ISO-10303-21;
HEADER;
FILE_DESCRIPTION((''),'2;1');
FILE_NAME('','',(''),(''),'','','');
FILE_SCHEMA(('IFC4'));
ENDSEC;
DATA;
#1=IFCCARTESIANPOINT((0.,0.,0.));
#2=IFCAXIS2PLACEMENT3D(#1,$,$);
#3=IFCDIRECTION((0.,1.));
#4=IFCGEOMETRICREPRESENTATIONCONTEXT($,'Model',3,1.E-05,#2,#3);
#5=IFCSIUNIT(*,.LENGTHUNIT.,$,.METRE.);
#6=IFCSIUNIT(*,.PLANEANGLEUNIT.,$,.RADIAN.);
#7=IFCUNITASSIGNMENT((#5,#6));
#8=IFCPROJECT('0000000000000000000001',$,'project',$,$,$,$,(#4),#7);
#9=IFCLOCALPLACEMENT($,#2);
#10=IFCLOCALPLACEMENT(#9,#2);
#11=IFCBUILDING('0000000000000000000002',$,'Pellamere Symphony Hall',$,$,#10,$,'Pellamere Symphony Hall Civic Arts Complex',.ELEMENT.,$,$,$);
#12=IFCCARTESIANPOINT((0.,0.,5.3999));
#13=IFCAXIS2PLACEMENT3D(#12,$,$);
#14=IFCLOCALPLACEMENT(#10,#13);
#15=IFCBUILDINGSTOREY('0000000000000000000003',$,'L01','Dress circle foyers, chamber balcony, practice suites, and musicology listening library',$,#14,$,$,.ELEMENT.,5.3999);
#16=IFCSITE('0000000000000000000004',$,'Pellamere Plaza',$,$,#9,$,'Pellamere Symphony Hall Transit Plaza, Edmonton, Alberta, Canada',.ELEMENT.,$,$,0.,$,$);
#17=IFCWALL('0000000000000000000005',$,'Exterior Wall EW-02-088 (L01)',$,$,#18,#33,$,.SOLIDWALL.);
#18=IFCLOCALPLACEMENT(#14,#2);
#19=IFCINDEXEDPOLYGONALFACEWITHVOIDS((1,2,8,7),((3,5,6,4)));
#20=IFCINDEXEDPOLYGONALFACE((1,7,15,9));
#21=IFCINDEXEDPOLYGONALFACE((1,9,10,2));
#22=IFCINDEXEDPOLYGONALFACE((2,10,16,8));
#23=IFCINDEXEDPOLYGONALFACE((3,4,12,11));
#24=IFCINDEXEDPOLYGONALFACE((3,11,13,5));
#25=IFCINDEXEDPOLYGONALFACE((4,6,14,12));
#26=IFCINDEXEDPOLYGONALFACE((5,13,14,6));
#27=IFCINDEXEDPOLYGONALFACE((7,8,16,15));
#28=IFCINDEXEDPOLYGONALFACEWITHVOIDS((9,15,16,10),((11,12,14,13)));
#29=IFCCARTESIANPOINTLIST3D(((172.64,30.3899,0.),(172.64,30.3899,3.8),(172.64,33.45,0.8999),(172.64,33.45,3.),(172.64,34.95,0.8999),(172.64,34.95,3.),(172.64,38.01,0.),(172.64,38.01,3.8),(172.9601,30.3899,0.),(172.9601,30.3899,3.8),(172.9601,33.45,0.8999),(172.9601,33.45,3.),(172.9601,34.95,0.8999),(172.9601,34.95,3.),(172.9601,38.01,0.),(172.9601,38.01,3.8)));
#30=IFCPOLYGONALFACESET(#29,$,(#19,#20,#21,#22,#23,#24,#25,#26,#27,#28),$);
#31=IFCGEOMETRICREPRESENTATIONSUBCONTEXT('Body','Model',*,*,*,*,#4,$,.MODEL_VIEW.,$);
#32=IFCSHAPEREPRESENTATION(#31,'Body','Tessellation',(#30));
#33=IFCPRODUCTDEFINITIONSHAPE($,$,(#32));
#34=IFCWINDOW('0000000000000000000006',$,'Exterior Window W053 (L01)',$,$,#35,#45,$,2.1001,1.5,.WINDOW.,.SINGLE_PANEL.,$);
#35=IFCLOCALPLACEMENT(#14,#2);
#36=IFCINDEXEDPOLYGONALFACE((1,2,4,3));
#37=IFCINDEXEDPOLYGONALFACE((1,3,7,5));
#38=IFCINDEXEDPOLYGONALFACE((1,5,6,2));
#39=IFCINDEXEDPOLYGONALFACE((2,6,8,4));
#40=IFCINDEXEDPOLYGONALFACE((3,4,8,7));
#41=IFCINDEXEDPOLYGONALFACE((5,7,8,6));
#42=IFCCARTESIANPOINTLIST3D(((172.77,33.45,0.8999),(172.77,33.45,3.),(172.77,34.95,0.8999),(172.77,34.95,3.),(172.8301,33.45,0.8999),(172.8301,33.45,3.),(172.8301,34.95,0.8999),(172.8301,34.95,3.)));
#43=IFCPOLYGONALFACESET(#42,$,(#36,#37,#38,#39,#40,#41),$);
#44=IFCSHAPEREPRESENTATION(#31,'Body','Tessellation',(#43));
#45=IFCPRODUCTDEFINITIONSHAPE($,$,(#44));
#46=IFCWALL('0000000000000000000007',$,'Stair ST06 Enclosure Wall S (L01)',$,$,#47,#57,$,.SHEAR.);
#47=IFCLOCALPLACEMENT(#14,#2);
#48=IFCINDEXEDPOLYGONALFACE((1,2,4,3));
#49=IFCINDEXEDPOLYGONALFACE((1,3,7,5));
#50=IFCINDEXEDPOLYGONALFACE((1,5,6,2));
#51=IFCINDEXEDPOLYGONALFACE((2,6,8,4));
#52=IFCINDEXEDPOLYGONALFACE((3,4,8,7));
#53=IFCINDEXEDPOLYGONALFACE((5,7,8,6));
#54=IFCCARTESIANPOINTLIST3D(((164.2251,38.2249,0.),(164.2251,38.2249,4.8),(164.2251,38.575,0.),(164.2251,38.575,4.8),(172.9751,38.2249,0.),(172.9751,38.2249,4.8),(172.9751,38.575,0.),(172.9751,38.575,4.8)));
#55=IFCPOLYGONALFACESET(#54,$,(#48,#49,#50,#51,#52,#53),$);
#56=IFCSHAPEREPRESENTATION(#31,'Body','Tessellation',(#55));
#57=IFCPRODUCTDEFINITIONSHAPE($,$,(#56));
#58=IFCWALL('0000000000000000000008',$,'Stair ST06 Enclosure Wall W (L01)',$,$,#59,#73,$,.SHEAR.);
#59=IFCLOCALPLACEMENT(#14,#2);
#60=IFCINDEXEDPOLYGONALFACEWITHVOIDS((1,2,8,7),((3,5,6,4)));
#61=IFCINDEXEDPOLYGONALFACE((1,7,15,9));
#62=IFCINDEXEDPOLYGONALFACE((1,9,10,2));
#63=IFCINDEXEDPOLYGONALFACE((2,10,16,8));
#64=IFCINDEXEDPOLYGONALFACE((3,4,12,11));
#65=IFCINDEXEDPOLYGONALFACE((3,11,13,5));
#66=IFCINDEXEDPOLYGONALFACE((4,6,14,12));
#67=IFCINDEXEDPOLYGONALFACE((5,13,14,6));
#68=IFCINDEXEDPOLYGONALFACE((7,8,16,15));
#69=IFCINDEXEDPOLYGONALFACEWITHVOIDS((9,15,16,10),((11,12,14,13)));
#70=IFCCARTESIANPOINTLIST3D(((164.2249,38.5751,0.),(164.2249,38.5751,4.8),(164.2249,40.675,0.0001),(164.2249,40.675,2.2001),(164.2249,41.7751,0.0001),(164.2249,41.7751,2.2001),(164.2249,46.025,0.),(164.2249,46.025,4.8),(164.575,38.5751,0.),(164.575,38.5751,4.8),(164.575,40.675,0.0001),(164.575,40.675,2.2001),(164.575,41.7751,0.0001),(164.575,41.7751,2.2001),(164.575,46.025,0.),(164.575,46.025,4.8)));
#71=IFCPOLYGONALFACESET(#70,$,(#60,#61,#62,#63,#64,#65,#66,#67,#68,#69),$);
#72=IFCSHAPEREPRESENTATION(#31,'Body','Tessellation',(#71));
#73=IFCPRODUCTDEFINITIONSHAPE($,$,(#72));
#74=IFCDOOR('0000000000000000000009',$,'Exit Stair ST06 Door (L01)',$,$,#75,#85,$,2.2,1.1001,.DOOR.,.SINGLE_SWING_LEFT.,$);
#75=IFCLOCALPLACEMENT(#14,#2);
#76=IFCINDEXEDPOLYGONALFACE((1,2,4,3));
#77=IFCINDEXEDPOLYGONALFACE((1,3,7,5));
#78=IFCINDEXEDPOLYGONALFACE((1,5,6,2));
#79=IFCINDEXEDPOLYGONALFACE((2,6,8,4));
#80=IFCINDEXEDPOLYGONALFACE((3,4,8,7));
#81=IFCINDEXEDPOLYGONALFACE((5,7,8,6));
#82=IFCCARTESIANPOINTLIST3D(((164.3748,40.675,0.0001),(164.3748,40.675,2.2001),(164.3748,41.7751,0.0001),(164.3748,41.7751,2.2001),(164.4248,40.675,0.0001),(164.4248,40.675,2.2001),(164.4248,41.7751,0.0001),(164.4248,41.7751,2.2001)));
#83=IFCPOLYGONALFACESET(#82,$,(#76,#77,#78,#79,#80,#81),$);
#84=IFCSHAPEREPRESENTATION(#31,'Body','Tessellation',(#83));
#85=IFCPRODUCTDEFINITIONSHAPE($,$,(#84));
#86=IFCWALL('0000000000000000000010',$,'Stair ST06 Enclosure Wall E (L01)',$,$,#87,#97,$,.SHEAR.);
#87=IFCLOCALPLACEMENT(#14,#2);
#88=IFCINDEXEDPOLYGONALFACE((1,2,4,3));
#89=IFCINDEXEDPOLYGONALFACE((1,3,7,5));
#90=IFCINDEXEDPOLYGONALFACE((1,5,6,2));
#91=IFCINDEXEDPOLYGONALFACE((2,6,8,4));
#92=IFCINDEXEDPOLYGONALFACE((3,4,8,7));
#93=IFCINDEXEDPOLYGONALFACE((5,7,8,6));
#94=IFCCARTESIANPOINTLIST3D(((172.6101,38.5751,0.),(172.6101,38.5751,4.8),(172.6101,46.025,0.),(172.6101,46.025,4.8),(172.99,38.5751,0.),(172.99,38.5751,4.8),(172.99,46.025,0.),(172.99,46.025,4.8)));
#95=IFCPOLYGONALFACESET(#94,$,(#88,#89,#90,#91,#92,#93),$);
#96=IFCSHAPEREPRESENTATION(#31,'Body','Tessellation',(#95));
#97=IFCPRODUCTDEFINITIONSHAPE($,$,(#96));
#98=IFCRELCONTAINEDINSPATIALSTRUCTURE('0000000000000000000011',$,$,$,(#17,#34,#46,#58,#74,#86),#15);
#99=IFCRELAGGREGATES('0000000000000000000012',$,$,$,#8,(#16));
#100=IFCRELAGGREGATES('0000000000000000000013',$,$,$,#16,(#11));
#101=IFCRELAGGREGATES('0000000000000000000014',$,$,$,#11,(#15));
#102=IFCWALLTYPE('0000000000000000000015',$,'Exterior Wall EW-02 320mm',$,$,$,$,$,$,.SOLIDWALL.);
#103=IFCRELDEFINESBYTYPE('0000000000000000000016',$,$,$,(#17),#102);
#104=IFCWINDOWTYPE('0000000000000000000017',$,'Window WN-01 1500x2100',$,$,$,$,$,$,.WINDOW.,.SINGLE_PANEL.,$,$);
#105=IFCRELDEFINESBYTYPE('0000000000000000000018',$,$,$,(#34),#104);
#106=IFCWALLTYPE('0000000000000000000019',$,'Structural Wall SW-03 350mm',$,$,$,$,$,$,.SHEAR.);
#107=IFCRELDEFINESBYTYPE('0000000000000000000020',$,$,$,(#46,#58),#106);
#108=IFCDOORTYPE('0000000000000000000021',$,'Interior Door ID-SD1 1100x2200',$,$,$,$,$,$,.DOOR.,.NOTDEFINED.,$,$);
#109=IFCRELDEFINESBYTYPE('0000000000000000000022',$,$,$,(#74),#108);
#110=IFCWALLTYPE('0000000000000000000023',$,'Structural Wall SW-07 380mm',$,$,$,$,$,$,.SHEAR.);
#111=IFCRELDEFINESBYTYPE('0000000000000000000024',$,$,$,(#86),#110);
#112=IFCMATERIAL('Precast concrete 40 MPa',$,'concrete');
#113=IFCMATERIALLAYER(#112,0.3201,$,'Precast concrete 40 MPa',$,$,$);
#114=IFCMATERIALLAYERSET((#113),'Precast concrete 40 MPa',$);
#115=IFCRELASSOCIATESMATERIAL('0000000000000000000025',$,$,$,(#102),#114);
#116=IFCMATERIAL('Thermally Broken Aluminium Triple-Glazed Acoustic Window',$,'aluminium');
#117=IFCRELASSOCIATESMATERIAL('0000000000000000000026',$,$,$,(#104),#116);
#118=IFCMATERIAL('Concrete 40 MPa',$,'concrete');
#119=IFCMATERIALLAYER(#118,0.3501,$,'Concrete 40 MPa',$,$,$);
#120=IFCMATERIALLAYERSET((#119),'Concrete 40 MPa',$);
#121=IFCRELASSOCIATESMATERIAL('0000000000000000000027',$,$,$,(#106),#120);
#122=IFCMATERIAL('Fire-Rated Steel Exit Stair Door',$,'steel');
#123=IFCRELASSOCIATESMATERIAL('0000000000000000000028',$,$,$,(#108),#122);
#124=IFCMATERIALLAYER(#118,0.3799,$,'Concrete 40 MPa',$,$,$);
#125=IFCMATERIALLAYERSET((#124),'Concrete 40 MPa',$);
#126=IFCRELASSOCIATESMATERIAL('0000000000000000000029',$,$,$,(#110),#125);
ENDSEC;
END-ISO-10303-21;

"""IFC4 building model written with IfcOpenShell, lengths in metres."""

from ifc_helpers import new_model, si_unit, direction, frame, frame_2d, origin, place, context, subcontext, project, spatial, rectangle, extrude, material, layer, layer_set, type_object, element, fill, save


model = new_model("IFC4")

# Units and contexts
model_context = context("Model", 3, precision=1e-05, world=origin(), true_north=direction((0.0, 1.0)))
body_context = subcontext(model_context, "Body", "Model", "MODEL_VIEW")
ifc_project = project(units=[si_unit("LENGTHUNIT", "METRE"), si_unit("PLANEANGLEUNIT", "RADIAN")], contexts=[model_context])

# Site, building, storey
site_placement = place(None, origin())
site = spatial("IfcSite", under=ifc_project, at=site_placement, Name="Pellamere Plaza", LongName="Pellamere Symphony Hall Transit Plaza, Edmonton, Alberta, Canada", CompositionType="ELEMENT", RefElevation=0.0)
building_placement = place(site_placement, origin())
building = spatial("IfcBuilding", under=site, at=building_placement, Name="Pellamere Symphony Hall", LongName="Pellamere Symphony Hall Civic Arts Complex", CompositionType="ELEMENT")
storey_placement = place(building_placement, frame((0.0, 0.0, 5.3999)))
storey = spatial("IfcBuildingStorey", under=building, at=storey_placement, Name="L01", Description="Dress circle foyers, chamber balcony, practice suites, and musicology listening library", CompositionType="ELEMENT", Elevation=5.3999)

# Shared definitions
ifc_material_1 = material(Name="Concrete 40 MPa", Category="concrete")

# Wall, opening, window
ifc_material_2 = material(Name="Precast concrete 40 MPa", Category="concrete")
ifc_layer_1 = layer(ifc_material_2, 0.3201, Name="Precast concrete 40 MPa")
ifc_layer_set_1 = layer_set([ifc_layer_1], Name="Precast concrete 40 MPa")
wall_type_1 = type_object("IfcWallType", Name="Exterior Wall EW-02 320mm", PredefinedType="SOLIDWALL", material=ifc_layer_set_1)
wall_1_placement = place(storey_placement, frame((172.8, 30.3899, 0.0), z_axis=(0.0, 0.0, 1.0), x_axis=(0.0, 1.0, 0.0)))
wall_1 = element("IfcWall", 1, at=wall_1_placement, inside=storey, type_object=wall_type_1, Name="Exterior Wall EW-02-088 (L01)", PredefinedType="SOLIDWALL", context=body_context, shape_type="SweptSolid", body=[
    extrude(rectangle(XDim=7.6201, YDim=0.3201, at=frame_2d((3.8101, 0.0))), origin(), (0.0, 0.0, 1.0), 3.8),
])
opening_1_placement = place(wall_1_placement, frame((3.0601, 0.0, 0.8999)))
opening_1 = element("IfcOpeningElement", 2, at=opening_1_placement, cuts=wall_1, PredefinedType="OPENING", context=body_context, shape_type="SweptSolid", body=[
    extrude(rectangle(XDim=1.5, YDim=2.1001, at=frame_2d((0.75, 1.05))), frame((0.0, 0.1699, 0.0), z_axis=(0.0, -1.0, 0.0), x_axis=(1.0, 0.0, 0.0)), (0.0, 0.0, 1.0), 0.3401),
])
ifc_material_3 = material(Name="Thermally Broken Aluminium Triple-Glazed Acoustic Window", Category="aluminium")
window_type = type_object("IfcWindowType", Name="Window WN-01 1500x2100", PartitioningType="SINGLE_PANEL", PredefinedType="WINDOW", material=ifc_material_3)
window_placement = place(opening_1_placement, origin())
window = element("IfcWindow", 3, at=window_placement, inside=storey, type_object=window_type, Name="Exterior Window W053 (L01)", OverallHeight=2.1001, OverallWidth=1.5, PartitioningType="SINGLE_PANEL", PredefinedType="WINDOW", context=body_context, shape_type="SweptSolid", body=[
    extrude(rectangle(XDim=1.5, YDim=2.1001, at=frame_2d((0.75, 1.05))), frame((0.0, 0.03, 0.0), z_axis=(0.0, -1.0, 0.0), x_axis=(1.0, 0.0, 0.0)), (0.0, 0.0, 1.0), 0.0601),
])
fill(opening_1, window)

# Wall
ifc_layer_2 = layer(ifc_material_1, 0.3501, Name="Concrete 40 MPa")
ifc_layer_set_2 = layer_set([ifc_layer_2], Name="Concrete 40 MPa")
wall_type_2 = type_object("IfcWallType", Name="Structural Wall SW-03 350mm", PredefinedType="SHEAR", material=ifc_layer_set_2)
wall_2_placement = place(storey_placement, frame((164.2251, 38.3999, 0.0), z_axis=(0.0, 0.0, 1.0), x_axis=(1.0, 0.0, 0.0)))
element("IfcWall", 4, at=wall_2_placement, inside=storey, type_object=wall_type_2, Name="Stair ST06 Enclosure Wall S (L01)", PredefinedType="SHEAR", context=body_context, shape_type="SweptSolid", body=[
    extrude(rectangle(XDim=8.75, YDim=0.3501, at=frame_2d((4.375, 0.0))), origin(), (0.0, 0.0, 1.0), 4.8),
])

# Wall, opening, door
wall_3_placement = place(storey_placement, frame((164.3999, 38.575, 0.0), z_axis=(0.0, 0.0, 1.0), x_axis=(0.0, 1.0, 0.0)))
wall_3 = element("IfcWall", 5, at=wall_3_placement, inside=storey, type_object=wall_type_2, Name="Stair ST06 Enclosure Wall W (L01)", PredefinedType="SHEAR", context=body_context, shape_type="SweptSolid", body=[
    extrude(rectangle(XDim=7.45, YDim=0.3501, at=frame_2d((3.7251, 0.0))), origin(), (0.0, 0.0, 1.0), 4.8),
])
opening_2_placement = place(wall_3_placement, frame((2.1001, 0.0, 0.0)))
opening_2 = element("IfcOpeningElement", 6, at=opening_2_placement, cuts=wall_3, PredefinedType="OPENING", context=body_context, shape_type="SweptSolid", body=[
    extrude(rectangle(XDim=1.1001, YDim=2.2, at=frame_2d((0.55, 1.1001))), frame((0.0, 0.1851, 0.0), z_axis=(0.0, -1.0, 0.0), x_axis=(1.0, 0.0, 0.0)), (0.0, 0.0, 1.0), 0.3701),
])
ifc_material_4 = material(Name="Fire-Rated Steel Exit Stair Door", Category="steel")
door_type = type_object("IfcDoorType", Name="Interior Door ID-SD1 1100x2200", OperationType="NOTDEFINED", PredefinedType="DOOR", material=ifc_material_4)
door_placement = place(opening_2_placement, frame((1.1001, 0.0, 0.0), z_axis=(0.0, 0.0, 1.0), x_axis=(-1.0, 0.0, 0.0)))
door = element("IfcDoor", 7, at=door_placement, inside=storey, type_object=door_type, Name="Exit Stair ST06 Door (L01)", OperationType="SINGLE_SWING_LEFT", OverallHeight=2.2, OverallWidth=1.1001, PredefinedType="DOOR", context=body_context, shape_type="SweptSolid", body=[
    extrude(rectangle(XDim=1.1001, YDim=2.2, at=frame_2d((0.55, 1.1001))), frame((0.0, 0.0249, 0.0), z_axis=(0.0, -1.0, 0.0), x_axis=(1.0, 0.0, 0.0)), (0.0, 0.0, 1.0), 0.05),
])
fill(opening_2, door)

# Wall
ifc_layer_3 = layer(ifc_material_1, 0.3799, Name="Concrete 40 MPa")
ifc_layer_set_3 = layer_set([ifc_layer_3], Name="Concrete 40 MPa")
wall_type_3 = type_object("IfcWallType", Name="Structural Wall SW-07 380mm", PredefinedType="SHEAR", material=ifc_layer_set_3)
wall_4_placement = place(storey_placement, frame((172.8, 38.575, 0.0), z_axis=(0.0, 0.0, 1.0), x_axis=(0.0, 1.0, 0.0)))
element("IfcWall", 8, at=wall_4_placement, inside=storey, type_object=wall_type_3, Name="Stair ST06 Enclosure Wall E (L01)", PredefinedType="SHEAR", context=body_context, shape_type="SweptSolid", body=[
    extrude(rectangle(XDim=7.45, YDim=0.3799, at=frame_2d((3.7251, 0.0))), origin(), (0.0, 0.0, 1.0), 4.8),
])

save(model, "model.ifc")
